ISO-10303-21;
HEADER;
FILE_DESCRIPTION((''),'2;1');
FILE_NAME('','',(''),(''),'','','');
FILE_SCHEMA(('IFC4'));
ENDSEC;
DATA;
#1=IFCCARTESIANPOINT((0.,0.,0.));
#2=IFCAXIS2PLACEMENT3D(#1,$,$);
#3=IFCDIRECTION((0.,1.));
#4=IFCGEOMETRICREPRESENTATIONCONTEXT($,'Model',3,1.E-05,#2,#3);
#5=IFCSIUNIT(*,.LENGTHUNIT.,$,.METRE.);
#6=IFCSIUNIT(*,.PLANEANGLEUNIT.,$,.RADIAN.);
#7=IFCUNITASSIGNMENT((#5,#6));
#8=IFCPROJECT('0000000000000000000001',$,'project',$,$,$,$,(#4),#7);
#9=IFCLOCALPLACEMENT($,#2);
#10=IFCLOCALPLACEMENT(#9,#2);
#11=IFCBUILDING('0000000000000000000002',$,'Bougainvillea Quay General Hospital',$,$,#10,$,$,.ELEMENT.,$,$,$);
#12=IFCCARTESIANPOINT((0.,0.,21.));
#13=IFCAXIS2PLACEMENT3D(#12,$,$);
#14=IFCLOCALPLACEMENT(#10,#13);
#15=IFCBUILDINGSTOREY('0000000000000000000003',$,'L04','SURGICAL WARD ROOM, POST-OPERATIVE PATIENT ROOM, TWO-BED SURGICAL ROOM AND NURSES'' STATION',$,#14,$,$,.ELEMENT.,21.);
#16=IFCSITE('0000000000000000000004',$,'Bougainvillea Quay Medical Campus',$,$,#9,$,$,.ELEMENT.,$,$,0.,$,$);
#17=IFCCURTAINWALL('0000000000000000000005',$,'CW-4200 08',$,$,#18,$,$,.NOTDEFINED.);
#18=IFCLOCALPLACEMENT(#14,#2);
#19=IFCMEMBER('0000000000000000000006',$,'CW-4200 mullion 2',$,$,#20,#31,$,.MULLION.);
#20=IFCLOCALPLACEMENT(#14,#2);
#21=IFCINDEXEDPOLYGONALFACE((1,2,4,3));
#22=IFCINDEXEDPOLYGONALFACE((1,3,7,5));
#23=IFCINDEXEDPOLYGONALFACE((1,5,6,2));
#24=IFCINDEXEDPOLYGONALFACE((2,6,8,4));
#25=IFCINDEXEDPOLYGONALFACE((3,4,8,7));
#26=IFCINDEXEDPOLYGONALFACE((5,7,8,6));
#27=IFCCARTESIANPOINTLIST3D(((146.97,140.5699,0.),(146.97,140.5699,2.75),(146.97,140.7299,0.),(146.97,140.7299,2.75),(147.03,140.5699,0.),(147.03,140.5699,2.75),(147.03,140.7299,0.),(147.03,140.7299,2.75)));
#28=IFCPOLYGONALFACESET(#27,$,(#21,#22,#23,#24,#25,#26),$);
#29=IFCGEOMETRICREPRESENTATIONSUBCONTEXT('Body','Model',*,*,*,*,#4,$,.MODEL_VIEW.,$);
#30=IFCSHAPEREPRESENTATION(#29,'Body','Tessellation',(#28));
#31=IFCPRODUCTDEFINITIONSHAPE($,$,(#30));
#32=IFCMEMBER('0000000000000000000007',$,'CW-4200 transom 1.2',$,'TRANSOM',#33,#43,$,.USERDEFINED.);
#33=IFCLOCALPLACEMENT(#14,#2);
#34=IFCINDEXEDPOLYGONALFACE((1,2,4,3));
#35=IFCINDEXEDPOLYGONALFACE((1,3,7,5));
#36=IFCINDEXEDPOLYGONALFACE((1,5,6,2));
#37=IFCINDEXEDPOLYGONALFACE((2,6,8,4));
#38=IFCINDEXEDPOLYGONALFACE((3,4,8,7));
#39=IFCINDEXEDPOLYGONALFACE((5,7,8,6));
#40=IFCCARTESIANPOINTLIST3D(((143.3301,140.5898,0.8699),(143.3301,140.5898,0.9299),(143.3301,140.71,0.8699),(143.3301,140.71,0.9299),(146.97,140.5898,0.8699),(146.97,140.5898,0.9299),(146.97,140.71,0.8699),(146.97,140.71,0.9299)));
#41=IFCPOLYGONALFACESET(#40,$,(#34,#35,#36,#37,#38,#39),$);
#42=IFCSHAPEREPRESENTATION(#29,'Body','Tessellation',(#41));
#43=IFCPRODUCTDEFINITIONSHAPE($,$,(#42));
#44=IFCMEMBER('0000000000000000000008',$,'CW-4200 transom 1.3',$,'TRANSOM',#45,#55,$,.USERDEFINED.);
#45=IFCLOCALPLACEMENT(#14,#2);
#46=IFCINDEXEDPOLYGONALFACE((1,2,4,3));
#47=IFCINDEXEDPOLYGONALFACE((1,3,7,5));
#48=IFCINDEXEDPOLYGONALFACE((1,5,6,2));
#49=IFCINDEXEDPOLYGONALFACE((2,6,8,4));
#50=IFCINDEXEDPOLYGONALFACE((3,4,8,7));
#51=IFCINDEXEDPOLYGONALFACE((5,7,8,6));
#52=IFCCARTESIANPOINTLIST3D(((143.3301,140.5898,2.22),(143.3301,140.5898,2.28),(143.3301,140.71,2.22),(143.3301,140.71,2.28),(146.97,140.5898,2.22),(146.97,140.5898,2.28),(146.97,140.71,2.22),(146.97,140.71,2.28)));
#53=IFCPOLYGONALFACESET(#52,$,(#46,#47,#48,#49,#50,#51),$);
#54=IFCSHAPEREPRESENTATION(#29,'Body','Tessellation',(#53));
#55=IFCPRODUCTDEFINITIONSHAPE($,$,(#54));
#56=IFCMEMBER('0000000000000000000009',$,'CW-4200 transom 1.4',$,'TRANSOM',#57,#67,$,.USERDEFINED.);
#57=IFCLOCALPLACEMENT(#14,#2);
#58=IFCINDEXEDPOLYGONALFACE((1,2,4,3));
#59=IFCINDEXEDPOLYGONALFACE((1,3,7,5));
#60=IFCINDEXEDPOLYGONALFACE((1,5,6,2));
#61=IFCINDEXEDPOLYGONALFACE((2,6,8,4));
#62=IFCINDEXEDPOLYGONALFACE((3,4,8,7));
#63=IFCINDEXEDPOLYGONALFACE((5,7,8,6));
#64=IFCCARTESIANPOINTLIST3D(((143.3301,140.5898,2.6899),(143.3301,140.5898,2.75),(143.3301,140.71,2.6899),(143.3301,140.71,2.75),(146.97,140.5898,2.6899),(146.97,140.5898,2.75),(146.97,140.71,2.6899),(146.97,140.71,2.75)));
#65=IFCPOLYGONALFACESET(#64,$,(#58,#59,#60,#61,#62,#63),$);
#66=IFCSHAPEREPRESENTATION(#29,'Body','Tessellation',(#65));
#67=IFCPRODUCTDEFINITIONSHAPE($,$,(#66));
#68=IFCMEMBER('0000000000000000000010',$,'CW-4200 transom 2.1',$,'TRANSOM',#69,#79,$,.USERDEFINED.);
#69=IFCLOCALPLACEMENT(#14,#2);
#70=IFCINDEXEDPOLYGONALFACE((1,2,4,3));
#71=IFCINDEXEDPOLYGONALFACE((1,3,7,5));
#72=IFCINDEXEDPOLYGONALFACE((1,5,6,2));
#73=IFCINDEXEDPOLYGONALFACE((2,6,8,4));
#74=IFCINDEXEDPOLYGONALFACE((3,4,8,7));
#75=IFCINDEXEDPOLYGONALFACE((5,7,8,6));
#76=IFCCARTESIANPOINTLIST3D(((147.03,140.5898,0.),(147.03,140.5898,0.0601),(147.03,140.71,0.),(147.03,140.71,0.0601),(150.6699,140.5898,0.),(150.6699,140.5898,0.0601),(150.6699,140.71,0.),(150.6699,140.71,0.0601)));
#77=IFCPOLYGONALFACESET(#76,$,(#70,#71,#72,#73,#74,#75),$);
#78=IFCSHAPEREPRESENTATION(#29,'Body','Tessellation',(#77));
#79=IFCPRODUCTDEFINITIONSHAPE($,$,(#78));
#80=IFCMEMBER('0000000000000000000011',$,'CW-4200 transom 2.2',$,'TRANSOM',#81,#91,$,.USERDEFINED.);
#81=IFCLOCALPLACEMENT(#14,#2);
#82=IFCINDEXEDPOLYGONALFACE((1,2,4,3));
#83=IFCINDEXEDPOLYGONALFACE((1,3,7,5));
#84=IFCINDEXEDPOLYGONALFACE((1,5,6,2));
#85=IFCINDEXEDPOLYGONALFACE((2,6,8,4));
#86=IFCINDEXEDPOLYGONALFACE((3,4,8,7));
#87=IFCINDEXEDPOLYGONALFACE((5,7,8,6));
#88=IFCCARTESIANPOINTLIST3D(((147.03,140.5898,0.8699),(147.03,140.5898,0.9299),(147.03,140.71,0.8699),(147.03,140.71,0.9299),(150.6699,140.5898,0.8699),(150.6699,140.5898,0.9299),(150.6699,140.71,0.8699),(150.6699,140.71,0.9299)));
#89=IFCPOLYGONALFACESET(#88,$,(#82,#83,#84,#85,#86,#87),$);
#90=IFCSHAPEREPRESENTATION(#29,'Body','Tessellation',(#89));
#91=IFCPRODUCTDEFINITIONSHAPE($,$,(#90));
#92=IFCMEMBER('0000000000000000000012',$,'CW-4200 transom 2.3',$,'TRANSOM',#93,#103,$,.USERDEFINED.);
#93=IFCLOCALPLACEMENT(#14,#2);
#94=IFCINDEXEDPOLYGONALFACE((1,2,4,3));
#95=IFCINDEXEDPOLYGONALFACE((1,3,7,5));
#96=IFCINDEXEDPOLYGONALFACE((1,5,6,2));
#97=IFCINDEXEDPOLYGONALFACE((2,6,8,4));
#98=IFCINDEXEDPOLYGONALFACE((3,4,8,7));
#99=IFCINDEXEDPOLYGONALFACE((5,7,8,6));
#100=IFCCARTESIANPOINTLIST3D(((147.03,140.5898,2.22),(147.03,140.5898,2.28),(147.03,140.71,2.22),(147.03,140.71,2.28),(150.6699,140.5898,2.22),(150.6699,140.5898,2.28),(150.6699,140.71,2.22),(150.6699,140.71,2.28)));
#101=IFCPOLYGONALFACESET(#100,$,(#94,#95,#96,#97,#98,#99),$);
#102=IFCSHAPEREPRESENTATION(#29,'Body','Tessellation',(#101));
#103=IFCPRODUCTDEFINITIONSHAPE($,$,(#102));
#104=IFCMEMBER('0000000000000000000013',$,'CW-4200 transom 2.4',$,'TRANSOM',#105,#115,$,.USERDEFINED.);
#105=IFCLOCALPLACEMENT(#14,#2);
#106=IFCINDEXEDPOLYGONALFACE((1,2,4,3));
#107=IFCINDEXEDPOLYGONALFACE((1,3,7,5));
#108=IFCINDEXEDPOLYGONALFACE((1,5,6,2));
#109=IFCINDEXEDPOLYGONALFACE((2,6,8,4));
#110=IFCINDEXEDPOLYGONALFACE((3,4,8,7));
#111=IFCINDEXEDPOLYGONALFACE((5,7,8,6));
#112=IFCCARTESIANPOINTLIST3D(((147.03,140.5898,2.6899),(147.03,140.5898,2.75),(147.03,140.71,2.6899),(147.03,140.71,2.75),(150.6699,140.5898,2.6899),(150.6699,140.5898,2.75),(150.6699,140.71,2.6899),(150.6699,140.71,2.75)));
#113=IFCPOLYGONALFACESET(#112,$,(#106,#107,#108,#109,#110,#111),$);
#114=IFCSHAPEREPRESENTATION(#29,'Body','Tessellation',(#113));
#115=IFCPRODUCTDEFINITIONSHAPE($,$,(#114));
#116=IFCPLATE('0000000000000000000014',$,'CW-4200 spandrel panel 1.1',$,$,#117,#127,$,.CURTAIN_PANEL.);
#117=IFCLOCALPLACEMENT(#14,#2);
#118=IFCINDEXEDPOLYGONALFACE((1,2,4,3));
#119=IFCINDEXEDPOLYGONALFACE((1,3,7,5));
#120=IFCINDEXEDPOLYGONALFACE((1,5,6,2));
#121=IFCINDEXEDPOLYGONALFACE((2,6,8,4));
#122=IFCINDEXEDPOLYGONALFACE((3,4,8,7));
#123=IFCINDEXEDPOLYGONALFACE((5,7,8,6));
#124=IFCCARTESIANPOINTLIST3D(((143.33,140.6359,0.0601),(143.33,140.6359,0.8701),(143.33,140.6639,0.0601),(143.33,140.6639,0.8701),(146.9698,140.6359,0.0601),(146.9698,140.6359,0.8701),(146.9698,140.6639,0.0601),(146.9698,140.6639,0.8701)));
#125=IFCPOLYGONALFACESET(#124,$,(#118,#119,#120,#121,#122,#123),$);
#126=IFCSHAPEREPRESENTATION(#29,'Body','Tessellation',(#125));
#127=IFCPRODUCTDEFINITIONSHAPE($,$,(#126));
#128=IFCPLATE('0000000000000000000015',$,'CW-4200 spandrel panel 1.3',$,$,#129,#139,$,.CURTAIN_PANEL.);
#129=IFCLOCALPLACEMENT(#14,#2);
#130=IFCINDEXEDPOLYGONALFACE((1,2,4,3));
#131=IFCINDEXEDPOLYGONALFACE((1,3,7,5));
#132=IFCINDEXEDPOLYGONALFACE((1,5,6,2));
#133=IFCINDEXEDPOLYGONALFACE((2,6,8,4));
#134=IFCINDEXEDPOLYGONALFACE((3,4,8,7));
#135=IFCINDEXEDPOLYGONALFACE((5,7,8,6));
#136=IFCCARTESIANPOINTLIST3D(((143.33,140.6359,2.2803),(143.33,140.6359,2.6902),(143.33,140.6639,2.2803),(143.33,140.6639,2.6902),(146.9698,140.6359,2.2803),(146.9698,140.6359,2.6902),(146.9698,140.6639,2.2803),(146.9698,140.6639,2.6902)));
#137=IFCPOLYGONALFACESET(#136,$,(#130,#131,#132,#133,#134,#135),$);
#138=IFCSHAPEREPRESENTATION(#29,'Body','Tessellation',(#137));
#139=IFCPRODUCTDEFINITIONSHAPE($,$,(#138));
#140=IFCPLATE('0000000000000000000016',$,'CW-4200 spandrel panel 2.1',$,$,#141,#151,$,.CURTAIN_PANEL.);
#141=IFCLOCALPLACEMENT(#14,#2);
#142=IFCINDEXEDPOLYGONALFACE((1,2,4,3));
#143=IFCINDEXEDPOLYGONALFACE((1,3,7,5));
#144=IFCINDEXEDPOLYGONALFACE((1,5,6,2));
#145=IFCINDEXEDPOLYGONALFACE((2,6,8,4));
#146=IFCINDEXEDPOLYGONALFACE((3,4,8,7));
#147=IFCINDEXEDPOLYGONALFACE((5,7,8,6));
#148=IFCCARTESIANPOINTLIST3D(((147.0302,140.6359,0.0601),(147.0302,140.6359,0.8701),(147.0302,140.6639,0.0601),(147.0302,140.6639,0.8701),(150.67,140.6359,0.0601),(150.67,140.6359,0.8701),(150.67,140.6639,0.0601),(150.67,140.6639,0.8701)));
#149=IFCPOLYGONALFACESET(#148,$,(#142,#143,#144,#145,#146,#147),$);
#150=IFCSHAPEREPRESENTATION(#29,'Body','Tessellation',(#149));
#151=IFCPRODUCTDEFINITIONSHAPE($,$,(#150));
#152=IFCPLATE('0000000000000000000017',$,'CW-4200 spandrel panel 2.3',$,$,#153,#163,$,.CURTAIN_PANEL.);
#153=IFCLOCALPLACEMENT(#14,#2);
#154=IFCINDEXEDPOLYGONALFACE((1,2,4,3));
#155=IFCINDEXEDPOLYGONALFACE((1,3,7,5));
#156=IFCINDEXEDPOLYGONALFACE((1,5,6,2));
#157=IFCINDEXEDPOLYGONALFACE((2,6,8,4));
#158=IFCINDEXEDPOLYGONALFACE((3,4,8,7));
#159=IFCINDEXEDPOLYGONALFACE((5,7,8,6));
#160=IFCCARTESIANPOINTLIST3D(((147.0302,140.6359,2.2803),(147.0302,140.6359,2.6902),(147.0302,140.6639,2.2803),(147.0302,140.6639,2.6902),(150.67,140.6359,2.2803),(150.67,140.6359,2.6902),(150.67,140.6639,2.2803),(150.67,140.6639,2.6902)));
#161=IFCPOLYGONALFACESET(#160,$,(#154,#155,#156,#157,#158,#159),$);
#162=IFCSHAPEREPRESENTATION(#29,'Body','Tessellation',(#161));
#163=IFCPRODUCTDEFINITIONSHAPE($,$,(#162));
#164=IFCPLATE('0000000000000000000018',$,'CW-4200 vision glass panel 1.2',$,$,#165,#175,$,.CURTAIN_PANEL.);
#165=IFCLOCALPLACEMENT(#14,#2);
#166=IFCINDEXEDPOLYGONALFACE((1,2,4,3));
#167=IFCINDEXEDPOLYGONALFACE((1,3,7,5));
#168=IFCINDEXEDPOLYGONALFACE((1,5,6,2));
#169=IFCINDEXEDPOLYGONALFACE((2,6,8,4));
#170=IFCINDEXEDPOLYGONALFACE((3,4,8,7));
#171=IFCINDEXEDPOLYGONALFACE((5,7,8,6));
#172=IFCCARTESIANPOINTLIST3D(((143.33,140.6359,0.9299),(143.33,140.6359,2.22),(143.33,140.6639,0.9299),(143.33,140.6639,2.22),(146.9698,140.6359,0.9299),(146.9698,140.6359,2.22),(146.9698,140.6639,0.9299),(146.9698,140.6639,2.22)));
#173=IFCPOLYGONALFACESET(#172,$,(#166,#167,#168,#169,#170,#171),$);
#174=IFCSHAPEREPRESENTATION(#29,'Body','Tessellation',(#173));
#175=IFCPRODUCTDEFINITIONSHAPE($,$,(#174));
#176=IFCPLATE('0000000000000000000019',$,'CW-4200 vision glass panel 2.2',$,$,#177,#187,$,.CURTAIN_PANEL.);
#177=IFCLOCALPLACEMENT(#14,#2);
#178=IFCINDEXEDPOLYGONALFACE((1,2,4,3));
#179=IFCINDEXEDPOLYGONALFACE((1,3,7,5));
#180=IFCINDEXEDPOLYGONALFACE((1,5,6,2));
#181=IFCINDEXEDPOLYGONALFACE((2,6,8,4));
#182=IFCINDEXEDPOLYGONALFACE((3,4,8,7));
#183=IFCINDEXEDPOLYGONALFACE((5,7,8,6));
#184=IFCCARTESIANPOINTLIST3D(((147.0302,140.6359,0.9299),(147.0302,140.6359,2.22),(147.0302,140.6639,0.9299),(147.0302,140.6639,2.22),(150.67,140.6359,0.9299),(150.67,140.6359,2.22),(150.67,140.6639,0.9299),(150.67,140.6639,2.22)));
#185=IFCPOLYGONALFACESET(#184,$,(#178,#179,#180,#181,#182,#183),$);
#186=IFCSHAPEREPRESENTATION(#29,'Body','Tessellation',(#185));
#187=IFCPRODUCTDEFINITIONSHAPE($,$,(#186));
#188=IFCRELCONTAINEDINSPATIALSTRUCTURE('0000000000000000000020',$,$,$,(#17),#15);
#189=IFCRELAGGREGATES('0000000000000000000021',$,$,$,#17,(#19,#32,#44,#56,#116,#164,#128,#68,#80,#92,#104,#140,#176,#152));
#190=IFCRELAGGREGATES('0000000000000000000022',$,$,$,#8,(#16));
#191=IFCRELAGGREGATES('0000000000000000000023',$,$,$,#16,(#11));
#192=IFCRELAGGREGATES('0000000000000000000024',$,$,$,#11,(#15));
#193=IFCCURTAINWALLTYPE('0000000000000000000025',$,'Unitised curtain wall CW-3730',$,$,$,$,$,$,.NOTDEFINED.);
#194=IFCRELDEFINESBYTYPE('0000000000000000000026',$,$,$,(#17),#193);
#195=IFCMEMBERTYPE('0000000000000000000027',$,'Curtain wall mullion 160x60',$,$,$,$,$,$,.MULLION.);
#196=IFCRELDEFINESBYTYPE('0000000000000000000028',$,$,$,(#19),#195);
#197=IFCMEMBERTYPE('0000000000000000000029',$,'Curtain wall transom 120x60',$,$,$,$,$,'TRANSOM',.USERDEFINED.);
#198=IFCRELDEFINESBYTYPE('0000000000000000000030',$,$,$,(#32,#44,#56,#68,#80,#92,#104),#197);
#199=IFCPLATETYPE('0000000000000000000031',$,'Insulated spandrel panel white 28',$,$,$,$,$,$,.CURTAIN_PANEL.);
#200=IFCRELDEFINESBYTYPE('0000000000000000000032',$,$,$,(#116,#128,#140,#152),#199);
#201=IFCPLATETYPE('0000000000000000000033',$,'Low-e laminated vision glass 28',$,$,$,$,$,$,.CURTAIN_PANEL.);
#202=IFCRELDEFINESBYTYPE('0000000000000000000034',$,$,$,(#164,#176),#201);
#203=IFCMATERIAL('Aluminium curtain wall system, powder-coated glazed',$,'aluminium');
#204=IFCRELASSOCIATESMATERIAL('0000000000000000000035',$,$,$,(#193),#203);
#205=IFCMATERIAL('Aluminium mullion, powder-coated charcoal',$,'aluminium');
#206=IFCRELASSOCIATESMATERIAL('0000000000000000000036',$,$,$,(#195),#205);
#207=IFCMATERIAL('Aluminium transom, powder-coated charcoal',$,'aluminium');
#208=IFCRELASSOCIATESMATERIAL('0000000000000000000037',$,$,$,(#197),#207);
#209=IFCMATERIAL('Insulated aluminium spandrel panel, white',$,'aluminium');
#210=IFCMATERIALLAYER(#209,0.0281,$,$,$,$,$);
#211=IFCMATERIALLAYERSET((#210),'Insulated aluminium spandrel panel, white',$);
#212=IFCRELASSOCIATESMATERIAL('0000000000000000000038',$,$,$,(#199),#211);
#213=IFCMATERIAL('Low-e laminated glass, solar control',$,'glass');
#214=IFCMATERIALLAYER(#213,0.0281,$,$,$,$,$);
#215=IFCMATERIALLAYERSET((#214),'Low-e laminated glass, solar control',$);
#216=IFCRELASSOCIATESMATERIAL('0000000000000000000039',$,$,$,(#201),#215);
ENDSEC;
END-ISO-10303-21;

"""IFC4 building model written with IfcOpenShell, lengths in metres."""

from ifc_helpers import new_model, si_unit, direction, frame, origin, origin_2d, place, context, subcontext, project, spatial, rectangle, extrude, material, layer, layer_set, material_profile, profile_set, type_object, element, aggregate, save


model = new_model("IFC4")

# Units and contexts
model_context = context("Model", 3, precision=1e-05, world=origin(), true_north=direction((0.0, 1.0)))
body_context = subcontext(model_context, "Body", "Model", "MODEL_VIEW")
ifc_project = project(units=[si_unit("LENGTHUNIT", "METRE"), si_unit("PLANEANGLEUNIT", "RADIAN")], contexts=[model_context])

# Site, building, storey
site_placement = place(None, origin())
site = spatial("IfcSite", under=ifc_project, at=site_placement, Name="Bougainvillea Quay Medical Campus", CompositionType="ELEMENT", RefElevation=0.0)
building_placement = place(site_placement, origin())
building = spatial("IfcBuilding", under=site, at=building_placement, Name="Bougainvillea Quay General Hospital", CompositionType="ELEMENT")
storey_placement = place(building_placement, frame((0.0, 0.0, 21.0)))
storey = spatial("IfcBuildingStorey", under=building, at=storey_placement, Name="L04", Description="SURGICAL WARD ROOM, POST-OPERATIVE PATIENT ROOM, TWO-BED SURGICAL ROOM AND NURSES' STATION", CompositionType="ELEMENT", Elevation=21.0)

# Curtain wall, members, plates
ifc_material_1 = material(Name="Aluminium curtain wall system, powder-coated glazed", Category="aluminium")
curtain_wall_type = type_object("IfcCurtainWallType", Name="Unitised curtain wall CW-3730", PredefinedType="NOTDEFINED", material=ifc_material_1)
curtain_wall_placement = place(storey_placement, origin())
curtain_wall = element("IfcCurtainWall", 1, at=curtain_wall_placement, inside=storey, type_object=curtain_wall_type, Name="CW-4200 08", PredefinedType="NOTDEFINED")
ifc_material_2 = material(Name="Aluminium mullion, powder-coated charcoal", Category="aluminium")
ifc_material_profile_1 = material_profile(ifc_material_2, rectangle(XDim=0.1599, YDim=0.0601, at=origin_2d()))
ifc_profile_set_1 = profile_set([ifc_material_profile_1], Name="Aluminium mullion, powder-coated charcoal")
member_type_1 = type_object("IfcMemberType", Name="Curtain wall mullion 160x60", PredefinedType="MULLION", material=ifc_profile_set_1)
member_1_placement = place(storey_placement, frame((147.0, 140.6499, 0.0), z_axis=(0.0, 0.0, 1.0), x_axis=(0.0, 1.0, 0.0)))
member_1 = element("IfcMember", 2, at=member_1_placement, type_object=member_type_1, Name="CW-4200 mullion 2", PredefinedType="MULLION", context=body_context, shape_type="SweptSolid", body=[
    extrude(rectangle(XDim=0.1599, YDim=0.0601, at=origin_2d()), origin(), (0.0, 0.0, 1.0), 2.75),
])
ifc_material_3 = material(Name="Aluminium transom, powder-coated charcoal", Category="aluminium")
ifc_material_profile_2 = material_profile(ifc_material_3, rectangle(XDim=0.1201, YDim=0.0601, at=origin_2d()))
ifc_profile_set_2 = profile_set([ifc_material_profile_2], Name="Aluminium transom, powder-coated charcoal")
member_type_2 = type_object("IfcMemberType", Name="Curtain wall transom 120x60", ElementType="TRANSOM", PredefinedType="USERDEFINED", material=ifc_profile_set_2)
member_2_placement = place(storey_placement, frame((143.3301, 140.6499, 0.8999), z_axis=(1.0, 0.0, 0.0), x_axis=(0.0, 1.0, 0.0)))
member_2 = element("IfcMember", 3, at=member_2_placement, type_object=member_type_2, Name="CW-4200 transom 1.2", ObjectType="TRANSOM", PredefinedType="USERDEFINED", context=body_context, shape_type="SweptSolid", body=[
    extrude(rectangle(XDim=0.1201, YDim=0.0601, at=origin_2d()), origin(), (0.0, 0.0, 1.0), 3.6399),
])
member_3_placement = place(storey_placement, frame((143.3301, 140.6499, 2.25), z_axis=(1.0, 0.0, 0.0), x_axis=(0.0, 1.0, 0.0)))
member_3 = element("IfcMember", 4, at=member_3_placement, type_object=member_type_2, Name="CW-4200 transom 1.3", ObjectType="TRANSOM", PredefinedType="USERDEFINED", context=body_context, shape_type="SweptSolid", body=[
    extrude(rectangle(XDim=0.1201, YDim=0.0601, at=origin_2d()), origin(), (0.0, 0.0, 1.0), 3.6399),
])
member_4_placement = place(storey_placement, frame((143.3301, 140.6499, 2.72), z_axis=(1.0, 0.0, 0.0), x_axis=(0.0, 1.0, 0.0)))
member_4 = element("IfcMember", 5, at=member_4_placement, type_object=member_type_2, Name="CW-4200 transom 1.4", ObjectType="TRANSOM", PredefinedType="USERDEFINED", context=body_context, shape_type="SweptSolid", body=[
    extrude(rectangle(XDim=0.1201, YDim=0.0601, at=origin_2d()), origin(), (0.0, 0.0, 1.0), 3.6399),
])
member_5_placement = place(storey_placement, frame((147.03, 140.6499, 0.03), z_axis=(1.0, 0.0, 0.0), x_axis=(0.0, 1.0, 0.0)))
member_5 = element("IfcMember", 6, at=member_5_placement, type_object=member_type_2, Name="CW-4200 transom 2.1", ObjectType="TRANSOM", PredefinedType="USERDEFINED", context=body_context, shape_type="SweptSolid", body=[
    extrude(rectangle(XDim=0.1201, YDim=0.0601, at=origin_2d()), origin(), (0.0, 0.0, 1.0), 3.6399),
])
member_6_placement = place(storey_placement, frame((147.03, 140.6499, 0.8999), z_axis=(1.0, 0.0, 0.0), x_axis=(0.0, 1.0, 0.0)))
member_6 = element("IfcMember", 7, at=member_6_placement, type_object=member_type_2, Name="CW-4200 transom 2.2", ObjectType="TRANSOM", PredefinedType="USERDEFINED", context=body_context, shape_type="SweptSolid", body=[
    extrude(rectangle(XDim=0.1201, YDim=0.0601, at=origin_2d()), origin(), (0.0, 0.0, 1.0), 3.6399),
])
member_7_placement = place(storey_placement, frame((147.03, 140.6499, 2.25), z_axis=(1.0, 0.0, 0.0), x_axis=(0.0, 1.0, 0.0)))
member_7 = element("IfcMember", 8, at=member_7_placement, type_object=member_type_2, Name="CW-4200 transom 2.3", ObjectType="TRANSOM", PredefinedType="USERDEFINED", context=body_context, shape_type="SweptSolid", body=[
    extrude(rectangle(XDim=0.1201, YDim=0.0601, at=origin_2d()), origin(), (0.0, 0.0, 1.0), 3.6399),
])
member_8_placement = place(storey_placement, frame((147.03, 140.6499, 2.72), z_axis=(1.0, 0.0, 0.0), x_axis=(0.0, 1.0, 0.0)))
member_8 = element("IfcMember", 9, at=member_8_placement, type_object=member_type_2, Name="CW-4200 transom 2.4", ObjectType="TRANSOM", PredefinedType="USERDEFINED", context=body_context, shape_type="SweptSolid", body=[
    extrude(rectangle(XDim=0.1201, YDim=0.0601, at=origin_2d()), origin(), (0.0, 0.0, 1.0), 3.6399),
])
ifc_material_4 = material(Name="Insulated aluminium spandrel panel, white", Category="aluminium")
ifc_layer_1 = layer(ifc_material_4, 0.0281)
ifc_layer_set_1 = layer_set([ifc_layer_1], Name="Insulated aluminium spandrel panel, white")
plate_type_1 = type_object("IfcPlateType", Name="Insulated spandrel panel white 28", PredefinedType="CURTAIN_PANEL", material=ifc_layer_set_1)
plate_1_placement = place(storey_placement, frame((145.1499, 140.6499, 0.0601), z_axis=(0.0, 0.0, 1.0), x_axis=(1.0, 0.0, 0.0)))
plate_1 = element("IfcPlate", 10, at=plate_1_placement, type_object=plate_type_1, Name="CW-4200 spandrel panel 1.1", PredefinedType="CURTAIN_PANEL", context=body_context, shape_type="SweptSolid", body=[
    extrude(rectangle(XDim=3.6399, YDim=0.0281, at=origin_2d()), origin(), (0.0, 0.0, 1.0), 0.8101),
])
plate_2_placement = place(storey_placement, frame((145.1499, 140.6499, 2.2803), z_axis=(0.0, 0.0, 1.0), x_axis=(1.0, 0.0, 0.0)))
plate_2 = element("IfcPlate", 11, at=plate_2_placement, type_object=plate_type_1, Name="CW-4200 spandrel panel 1.3", PredefinedType="CURTAIN_PANEL", context=body_context, shape_type="SweptSolid", body=[
    extrude(rectangle(XDim=3.6399, YDim=0.0281, at=origin_2d()), origin(), (0.0, 0.0, 1.0), 0.4099),
])
plate_3_placement = place(storey_placement, frame((148.8501, 140.6499, 0.0601), z_axis=(0.0, 0.0, 1.0), x_axis=(1.0, 0.0, 0.0)))
plate_3 = element("IfcPlate", 12, at=plate_3_placement, type_object=plate_type_1, Name="CW-4200 spandrel panel 2.1", PredefinedType="CURTAIN_PANEL", context=body_context, shape_type="SweptSolid", body=[
    extrude(rectangle(XDim=3.6399, YDim=0.0281, at=origin_2d()), origin(), (0.0, 0.0, 1.0), 0.8101),
])
plate_4_placement = place(storey_placement, frame((148.8501, 140.6499, 2.2803), z_axis=(0.0, 0.0, 1.0), x_axis=(1.0, 0.0, 0.0)))
plate_4 = element("IfcPlate", 13, at=plate_4_placement, type_object=plate_type_1, Name="CW-4200 spandrel panel 2.3", PredefinedType="CURTAIN_PANEL", context=body_context, shape_type="SweptSolid", body=[
    extrude(rectangle(XDim=3.6399, YDim=0.0281, at=origin_2d()), origin(), (0.0, 0.0, 1.0), 0.4099),
])
ifc_material_5 = material(Name="Low-e laminated glass, solar control", Category="glass")
ifc_layer_2 = layer(ifc_material_5, 0.0281)
ifc_layer_set_2 = layer_set([ifc_layer_2], Name="Low-e laminated glass, solar control")
plate_type_2 = type_object("IfcPlateType", Name="Low-e laminated vision glass 28", PredefinedType="CURTAIN_PANEL", material=ifc_layer_set_2)
plate_5_placement = place(storey_placement, frame((145.1499, 140.6499, 0.9299), z_axis=(0.0, 0.0, 1.0), x_axis=(1.0, 0.0, 0.0)))
plate_5 = element("IfcPlate", 14, at=plate_5_placement, type_object=plate_type_2, Name="CW-4200 vision glass panel 1.2", PredefinedType="CURTAIN_PANEL", context=body_context, shape_type="SweptSolid", body=[
    extrude(rectangle(XDim=3.6399, YDim=0.0281, at=origin_2d()), origin(), (0.0, 0.0, 1.0), 1.29),
])
plate_6_placement = place(storey_placement, frame((148.8501, 140.6499, 0.9299), z_axis=(0.0, 0.0, 1.0), x_axis=(1.0, 0.0, 0.0)))
plate_6 = element("IfcPlate", 15, at=plate_6_placement, type_object=plate_type_2, Name="CW-4200 vision glass panel 2.2", PredefinedType="CURTAIN_PANEL", context=body_context, shape_type="SweptSolid", body=[
    extrude(rectangle(XDim=3.6399, YDim=0.0281, at=origin_2d()), origin(), (0.0, 0.0, 1.0), 1.29),
])
aggregate(curtain_wall, [member_1, member_2, member_3, member_4, plate_1, plate_5, plate_2, member_5, member_6, member_7, member_8, plate_3, plate_6, plate_4])

save(model, "model.ifc")
